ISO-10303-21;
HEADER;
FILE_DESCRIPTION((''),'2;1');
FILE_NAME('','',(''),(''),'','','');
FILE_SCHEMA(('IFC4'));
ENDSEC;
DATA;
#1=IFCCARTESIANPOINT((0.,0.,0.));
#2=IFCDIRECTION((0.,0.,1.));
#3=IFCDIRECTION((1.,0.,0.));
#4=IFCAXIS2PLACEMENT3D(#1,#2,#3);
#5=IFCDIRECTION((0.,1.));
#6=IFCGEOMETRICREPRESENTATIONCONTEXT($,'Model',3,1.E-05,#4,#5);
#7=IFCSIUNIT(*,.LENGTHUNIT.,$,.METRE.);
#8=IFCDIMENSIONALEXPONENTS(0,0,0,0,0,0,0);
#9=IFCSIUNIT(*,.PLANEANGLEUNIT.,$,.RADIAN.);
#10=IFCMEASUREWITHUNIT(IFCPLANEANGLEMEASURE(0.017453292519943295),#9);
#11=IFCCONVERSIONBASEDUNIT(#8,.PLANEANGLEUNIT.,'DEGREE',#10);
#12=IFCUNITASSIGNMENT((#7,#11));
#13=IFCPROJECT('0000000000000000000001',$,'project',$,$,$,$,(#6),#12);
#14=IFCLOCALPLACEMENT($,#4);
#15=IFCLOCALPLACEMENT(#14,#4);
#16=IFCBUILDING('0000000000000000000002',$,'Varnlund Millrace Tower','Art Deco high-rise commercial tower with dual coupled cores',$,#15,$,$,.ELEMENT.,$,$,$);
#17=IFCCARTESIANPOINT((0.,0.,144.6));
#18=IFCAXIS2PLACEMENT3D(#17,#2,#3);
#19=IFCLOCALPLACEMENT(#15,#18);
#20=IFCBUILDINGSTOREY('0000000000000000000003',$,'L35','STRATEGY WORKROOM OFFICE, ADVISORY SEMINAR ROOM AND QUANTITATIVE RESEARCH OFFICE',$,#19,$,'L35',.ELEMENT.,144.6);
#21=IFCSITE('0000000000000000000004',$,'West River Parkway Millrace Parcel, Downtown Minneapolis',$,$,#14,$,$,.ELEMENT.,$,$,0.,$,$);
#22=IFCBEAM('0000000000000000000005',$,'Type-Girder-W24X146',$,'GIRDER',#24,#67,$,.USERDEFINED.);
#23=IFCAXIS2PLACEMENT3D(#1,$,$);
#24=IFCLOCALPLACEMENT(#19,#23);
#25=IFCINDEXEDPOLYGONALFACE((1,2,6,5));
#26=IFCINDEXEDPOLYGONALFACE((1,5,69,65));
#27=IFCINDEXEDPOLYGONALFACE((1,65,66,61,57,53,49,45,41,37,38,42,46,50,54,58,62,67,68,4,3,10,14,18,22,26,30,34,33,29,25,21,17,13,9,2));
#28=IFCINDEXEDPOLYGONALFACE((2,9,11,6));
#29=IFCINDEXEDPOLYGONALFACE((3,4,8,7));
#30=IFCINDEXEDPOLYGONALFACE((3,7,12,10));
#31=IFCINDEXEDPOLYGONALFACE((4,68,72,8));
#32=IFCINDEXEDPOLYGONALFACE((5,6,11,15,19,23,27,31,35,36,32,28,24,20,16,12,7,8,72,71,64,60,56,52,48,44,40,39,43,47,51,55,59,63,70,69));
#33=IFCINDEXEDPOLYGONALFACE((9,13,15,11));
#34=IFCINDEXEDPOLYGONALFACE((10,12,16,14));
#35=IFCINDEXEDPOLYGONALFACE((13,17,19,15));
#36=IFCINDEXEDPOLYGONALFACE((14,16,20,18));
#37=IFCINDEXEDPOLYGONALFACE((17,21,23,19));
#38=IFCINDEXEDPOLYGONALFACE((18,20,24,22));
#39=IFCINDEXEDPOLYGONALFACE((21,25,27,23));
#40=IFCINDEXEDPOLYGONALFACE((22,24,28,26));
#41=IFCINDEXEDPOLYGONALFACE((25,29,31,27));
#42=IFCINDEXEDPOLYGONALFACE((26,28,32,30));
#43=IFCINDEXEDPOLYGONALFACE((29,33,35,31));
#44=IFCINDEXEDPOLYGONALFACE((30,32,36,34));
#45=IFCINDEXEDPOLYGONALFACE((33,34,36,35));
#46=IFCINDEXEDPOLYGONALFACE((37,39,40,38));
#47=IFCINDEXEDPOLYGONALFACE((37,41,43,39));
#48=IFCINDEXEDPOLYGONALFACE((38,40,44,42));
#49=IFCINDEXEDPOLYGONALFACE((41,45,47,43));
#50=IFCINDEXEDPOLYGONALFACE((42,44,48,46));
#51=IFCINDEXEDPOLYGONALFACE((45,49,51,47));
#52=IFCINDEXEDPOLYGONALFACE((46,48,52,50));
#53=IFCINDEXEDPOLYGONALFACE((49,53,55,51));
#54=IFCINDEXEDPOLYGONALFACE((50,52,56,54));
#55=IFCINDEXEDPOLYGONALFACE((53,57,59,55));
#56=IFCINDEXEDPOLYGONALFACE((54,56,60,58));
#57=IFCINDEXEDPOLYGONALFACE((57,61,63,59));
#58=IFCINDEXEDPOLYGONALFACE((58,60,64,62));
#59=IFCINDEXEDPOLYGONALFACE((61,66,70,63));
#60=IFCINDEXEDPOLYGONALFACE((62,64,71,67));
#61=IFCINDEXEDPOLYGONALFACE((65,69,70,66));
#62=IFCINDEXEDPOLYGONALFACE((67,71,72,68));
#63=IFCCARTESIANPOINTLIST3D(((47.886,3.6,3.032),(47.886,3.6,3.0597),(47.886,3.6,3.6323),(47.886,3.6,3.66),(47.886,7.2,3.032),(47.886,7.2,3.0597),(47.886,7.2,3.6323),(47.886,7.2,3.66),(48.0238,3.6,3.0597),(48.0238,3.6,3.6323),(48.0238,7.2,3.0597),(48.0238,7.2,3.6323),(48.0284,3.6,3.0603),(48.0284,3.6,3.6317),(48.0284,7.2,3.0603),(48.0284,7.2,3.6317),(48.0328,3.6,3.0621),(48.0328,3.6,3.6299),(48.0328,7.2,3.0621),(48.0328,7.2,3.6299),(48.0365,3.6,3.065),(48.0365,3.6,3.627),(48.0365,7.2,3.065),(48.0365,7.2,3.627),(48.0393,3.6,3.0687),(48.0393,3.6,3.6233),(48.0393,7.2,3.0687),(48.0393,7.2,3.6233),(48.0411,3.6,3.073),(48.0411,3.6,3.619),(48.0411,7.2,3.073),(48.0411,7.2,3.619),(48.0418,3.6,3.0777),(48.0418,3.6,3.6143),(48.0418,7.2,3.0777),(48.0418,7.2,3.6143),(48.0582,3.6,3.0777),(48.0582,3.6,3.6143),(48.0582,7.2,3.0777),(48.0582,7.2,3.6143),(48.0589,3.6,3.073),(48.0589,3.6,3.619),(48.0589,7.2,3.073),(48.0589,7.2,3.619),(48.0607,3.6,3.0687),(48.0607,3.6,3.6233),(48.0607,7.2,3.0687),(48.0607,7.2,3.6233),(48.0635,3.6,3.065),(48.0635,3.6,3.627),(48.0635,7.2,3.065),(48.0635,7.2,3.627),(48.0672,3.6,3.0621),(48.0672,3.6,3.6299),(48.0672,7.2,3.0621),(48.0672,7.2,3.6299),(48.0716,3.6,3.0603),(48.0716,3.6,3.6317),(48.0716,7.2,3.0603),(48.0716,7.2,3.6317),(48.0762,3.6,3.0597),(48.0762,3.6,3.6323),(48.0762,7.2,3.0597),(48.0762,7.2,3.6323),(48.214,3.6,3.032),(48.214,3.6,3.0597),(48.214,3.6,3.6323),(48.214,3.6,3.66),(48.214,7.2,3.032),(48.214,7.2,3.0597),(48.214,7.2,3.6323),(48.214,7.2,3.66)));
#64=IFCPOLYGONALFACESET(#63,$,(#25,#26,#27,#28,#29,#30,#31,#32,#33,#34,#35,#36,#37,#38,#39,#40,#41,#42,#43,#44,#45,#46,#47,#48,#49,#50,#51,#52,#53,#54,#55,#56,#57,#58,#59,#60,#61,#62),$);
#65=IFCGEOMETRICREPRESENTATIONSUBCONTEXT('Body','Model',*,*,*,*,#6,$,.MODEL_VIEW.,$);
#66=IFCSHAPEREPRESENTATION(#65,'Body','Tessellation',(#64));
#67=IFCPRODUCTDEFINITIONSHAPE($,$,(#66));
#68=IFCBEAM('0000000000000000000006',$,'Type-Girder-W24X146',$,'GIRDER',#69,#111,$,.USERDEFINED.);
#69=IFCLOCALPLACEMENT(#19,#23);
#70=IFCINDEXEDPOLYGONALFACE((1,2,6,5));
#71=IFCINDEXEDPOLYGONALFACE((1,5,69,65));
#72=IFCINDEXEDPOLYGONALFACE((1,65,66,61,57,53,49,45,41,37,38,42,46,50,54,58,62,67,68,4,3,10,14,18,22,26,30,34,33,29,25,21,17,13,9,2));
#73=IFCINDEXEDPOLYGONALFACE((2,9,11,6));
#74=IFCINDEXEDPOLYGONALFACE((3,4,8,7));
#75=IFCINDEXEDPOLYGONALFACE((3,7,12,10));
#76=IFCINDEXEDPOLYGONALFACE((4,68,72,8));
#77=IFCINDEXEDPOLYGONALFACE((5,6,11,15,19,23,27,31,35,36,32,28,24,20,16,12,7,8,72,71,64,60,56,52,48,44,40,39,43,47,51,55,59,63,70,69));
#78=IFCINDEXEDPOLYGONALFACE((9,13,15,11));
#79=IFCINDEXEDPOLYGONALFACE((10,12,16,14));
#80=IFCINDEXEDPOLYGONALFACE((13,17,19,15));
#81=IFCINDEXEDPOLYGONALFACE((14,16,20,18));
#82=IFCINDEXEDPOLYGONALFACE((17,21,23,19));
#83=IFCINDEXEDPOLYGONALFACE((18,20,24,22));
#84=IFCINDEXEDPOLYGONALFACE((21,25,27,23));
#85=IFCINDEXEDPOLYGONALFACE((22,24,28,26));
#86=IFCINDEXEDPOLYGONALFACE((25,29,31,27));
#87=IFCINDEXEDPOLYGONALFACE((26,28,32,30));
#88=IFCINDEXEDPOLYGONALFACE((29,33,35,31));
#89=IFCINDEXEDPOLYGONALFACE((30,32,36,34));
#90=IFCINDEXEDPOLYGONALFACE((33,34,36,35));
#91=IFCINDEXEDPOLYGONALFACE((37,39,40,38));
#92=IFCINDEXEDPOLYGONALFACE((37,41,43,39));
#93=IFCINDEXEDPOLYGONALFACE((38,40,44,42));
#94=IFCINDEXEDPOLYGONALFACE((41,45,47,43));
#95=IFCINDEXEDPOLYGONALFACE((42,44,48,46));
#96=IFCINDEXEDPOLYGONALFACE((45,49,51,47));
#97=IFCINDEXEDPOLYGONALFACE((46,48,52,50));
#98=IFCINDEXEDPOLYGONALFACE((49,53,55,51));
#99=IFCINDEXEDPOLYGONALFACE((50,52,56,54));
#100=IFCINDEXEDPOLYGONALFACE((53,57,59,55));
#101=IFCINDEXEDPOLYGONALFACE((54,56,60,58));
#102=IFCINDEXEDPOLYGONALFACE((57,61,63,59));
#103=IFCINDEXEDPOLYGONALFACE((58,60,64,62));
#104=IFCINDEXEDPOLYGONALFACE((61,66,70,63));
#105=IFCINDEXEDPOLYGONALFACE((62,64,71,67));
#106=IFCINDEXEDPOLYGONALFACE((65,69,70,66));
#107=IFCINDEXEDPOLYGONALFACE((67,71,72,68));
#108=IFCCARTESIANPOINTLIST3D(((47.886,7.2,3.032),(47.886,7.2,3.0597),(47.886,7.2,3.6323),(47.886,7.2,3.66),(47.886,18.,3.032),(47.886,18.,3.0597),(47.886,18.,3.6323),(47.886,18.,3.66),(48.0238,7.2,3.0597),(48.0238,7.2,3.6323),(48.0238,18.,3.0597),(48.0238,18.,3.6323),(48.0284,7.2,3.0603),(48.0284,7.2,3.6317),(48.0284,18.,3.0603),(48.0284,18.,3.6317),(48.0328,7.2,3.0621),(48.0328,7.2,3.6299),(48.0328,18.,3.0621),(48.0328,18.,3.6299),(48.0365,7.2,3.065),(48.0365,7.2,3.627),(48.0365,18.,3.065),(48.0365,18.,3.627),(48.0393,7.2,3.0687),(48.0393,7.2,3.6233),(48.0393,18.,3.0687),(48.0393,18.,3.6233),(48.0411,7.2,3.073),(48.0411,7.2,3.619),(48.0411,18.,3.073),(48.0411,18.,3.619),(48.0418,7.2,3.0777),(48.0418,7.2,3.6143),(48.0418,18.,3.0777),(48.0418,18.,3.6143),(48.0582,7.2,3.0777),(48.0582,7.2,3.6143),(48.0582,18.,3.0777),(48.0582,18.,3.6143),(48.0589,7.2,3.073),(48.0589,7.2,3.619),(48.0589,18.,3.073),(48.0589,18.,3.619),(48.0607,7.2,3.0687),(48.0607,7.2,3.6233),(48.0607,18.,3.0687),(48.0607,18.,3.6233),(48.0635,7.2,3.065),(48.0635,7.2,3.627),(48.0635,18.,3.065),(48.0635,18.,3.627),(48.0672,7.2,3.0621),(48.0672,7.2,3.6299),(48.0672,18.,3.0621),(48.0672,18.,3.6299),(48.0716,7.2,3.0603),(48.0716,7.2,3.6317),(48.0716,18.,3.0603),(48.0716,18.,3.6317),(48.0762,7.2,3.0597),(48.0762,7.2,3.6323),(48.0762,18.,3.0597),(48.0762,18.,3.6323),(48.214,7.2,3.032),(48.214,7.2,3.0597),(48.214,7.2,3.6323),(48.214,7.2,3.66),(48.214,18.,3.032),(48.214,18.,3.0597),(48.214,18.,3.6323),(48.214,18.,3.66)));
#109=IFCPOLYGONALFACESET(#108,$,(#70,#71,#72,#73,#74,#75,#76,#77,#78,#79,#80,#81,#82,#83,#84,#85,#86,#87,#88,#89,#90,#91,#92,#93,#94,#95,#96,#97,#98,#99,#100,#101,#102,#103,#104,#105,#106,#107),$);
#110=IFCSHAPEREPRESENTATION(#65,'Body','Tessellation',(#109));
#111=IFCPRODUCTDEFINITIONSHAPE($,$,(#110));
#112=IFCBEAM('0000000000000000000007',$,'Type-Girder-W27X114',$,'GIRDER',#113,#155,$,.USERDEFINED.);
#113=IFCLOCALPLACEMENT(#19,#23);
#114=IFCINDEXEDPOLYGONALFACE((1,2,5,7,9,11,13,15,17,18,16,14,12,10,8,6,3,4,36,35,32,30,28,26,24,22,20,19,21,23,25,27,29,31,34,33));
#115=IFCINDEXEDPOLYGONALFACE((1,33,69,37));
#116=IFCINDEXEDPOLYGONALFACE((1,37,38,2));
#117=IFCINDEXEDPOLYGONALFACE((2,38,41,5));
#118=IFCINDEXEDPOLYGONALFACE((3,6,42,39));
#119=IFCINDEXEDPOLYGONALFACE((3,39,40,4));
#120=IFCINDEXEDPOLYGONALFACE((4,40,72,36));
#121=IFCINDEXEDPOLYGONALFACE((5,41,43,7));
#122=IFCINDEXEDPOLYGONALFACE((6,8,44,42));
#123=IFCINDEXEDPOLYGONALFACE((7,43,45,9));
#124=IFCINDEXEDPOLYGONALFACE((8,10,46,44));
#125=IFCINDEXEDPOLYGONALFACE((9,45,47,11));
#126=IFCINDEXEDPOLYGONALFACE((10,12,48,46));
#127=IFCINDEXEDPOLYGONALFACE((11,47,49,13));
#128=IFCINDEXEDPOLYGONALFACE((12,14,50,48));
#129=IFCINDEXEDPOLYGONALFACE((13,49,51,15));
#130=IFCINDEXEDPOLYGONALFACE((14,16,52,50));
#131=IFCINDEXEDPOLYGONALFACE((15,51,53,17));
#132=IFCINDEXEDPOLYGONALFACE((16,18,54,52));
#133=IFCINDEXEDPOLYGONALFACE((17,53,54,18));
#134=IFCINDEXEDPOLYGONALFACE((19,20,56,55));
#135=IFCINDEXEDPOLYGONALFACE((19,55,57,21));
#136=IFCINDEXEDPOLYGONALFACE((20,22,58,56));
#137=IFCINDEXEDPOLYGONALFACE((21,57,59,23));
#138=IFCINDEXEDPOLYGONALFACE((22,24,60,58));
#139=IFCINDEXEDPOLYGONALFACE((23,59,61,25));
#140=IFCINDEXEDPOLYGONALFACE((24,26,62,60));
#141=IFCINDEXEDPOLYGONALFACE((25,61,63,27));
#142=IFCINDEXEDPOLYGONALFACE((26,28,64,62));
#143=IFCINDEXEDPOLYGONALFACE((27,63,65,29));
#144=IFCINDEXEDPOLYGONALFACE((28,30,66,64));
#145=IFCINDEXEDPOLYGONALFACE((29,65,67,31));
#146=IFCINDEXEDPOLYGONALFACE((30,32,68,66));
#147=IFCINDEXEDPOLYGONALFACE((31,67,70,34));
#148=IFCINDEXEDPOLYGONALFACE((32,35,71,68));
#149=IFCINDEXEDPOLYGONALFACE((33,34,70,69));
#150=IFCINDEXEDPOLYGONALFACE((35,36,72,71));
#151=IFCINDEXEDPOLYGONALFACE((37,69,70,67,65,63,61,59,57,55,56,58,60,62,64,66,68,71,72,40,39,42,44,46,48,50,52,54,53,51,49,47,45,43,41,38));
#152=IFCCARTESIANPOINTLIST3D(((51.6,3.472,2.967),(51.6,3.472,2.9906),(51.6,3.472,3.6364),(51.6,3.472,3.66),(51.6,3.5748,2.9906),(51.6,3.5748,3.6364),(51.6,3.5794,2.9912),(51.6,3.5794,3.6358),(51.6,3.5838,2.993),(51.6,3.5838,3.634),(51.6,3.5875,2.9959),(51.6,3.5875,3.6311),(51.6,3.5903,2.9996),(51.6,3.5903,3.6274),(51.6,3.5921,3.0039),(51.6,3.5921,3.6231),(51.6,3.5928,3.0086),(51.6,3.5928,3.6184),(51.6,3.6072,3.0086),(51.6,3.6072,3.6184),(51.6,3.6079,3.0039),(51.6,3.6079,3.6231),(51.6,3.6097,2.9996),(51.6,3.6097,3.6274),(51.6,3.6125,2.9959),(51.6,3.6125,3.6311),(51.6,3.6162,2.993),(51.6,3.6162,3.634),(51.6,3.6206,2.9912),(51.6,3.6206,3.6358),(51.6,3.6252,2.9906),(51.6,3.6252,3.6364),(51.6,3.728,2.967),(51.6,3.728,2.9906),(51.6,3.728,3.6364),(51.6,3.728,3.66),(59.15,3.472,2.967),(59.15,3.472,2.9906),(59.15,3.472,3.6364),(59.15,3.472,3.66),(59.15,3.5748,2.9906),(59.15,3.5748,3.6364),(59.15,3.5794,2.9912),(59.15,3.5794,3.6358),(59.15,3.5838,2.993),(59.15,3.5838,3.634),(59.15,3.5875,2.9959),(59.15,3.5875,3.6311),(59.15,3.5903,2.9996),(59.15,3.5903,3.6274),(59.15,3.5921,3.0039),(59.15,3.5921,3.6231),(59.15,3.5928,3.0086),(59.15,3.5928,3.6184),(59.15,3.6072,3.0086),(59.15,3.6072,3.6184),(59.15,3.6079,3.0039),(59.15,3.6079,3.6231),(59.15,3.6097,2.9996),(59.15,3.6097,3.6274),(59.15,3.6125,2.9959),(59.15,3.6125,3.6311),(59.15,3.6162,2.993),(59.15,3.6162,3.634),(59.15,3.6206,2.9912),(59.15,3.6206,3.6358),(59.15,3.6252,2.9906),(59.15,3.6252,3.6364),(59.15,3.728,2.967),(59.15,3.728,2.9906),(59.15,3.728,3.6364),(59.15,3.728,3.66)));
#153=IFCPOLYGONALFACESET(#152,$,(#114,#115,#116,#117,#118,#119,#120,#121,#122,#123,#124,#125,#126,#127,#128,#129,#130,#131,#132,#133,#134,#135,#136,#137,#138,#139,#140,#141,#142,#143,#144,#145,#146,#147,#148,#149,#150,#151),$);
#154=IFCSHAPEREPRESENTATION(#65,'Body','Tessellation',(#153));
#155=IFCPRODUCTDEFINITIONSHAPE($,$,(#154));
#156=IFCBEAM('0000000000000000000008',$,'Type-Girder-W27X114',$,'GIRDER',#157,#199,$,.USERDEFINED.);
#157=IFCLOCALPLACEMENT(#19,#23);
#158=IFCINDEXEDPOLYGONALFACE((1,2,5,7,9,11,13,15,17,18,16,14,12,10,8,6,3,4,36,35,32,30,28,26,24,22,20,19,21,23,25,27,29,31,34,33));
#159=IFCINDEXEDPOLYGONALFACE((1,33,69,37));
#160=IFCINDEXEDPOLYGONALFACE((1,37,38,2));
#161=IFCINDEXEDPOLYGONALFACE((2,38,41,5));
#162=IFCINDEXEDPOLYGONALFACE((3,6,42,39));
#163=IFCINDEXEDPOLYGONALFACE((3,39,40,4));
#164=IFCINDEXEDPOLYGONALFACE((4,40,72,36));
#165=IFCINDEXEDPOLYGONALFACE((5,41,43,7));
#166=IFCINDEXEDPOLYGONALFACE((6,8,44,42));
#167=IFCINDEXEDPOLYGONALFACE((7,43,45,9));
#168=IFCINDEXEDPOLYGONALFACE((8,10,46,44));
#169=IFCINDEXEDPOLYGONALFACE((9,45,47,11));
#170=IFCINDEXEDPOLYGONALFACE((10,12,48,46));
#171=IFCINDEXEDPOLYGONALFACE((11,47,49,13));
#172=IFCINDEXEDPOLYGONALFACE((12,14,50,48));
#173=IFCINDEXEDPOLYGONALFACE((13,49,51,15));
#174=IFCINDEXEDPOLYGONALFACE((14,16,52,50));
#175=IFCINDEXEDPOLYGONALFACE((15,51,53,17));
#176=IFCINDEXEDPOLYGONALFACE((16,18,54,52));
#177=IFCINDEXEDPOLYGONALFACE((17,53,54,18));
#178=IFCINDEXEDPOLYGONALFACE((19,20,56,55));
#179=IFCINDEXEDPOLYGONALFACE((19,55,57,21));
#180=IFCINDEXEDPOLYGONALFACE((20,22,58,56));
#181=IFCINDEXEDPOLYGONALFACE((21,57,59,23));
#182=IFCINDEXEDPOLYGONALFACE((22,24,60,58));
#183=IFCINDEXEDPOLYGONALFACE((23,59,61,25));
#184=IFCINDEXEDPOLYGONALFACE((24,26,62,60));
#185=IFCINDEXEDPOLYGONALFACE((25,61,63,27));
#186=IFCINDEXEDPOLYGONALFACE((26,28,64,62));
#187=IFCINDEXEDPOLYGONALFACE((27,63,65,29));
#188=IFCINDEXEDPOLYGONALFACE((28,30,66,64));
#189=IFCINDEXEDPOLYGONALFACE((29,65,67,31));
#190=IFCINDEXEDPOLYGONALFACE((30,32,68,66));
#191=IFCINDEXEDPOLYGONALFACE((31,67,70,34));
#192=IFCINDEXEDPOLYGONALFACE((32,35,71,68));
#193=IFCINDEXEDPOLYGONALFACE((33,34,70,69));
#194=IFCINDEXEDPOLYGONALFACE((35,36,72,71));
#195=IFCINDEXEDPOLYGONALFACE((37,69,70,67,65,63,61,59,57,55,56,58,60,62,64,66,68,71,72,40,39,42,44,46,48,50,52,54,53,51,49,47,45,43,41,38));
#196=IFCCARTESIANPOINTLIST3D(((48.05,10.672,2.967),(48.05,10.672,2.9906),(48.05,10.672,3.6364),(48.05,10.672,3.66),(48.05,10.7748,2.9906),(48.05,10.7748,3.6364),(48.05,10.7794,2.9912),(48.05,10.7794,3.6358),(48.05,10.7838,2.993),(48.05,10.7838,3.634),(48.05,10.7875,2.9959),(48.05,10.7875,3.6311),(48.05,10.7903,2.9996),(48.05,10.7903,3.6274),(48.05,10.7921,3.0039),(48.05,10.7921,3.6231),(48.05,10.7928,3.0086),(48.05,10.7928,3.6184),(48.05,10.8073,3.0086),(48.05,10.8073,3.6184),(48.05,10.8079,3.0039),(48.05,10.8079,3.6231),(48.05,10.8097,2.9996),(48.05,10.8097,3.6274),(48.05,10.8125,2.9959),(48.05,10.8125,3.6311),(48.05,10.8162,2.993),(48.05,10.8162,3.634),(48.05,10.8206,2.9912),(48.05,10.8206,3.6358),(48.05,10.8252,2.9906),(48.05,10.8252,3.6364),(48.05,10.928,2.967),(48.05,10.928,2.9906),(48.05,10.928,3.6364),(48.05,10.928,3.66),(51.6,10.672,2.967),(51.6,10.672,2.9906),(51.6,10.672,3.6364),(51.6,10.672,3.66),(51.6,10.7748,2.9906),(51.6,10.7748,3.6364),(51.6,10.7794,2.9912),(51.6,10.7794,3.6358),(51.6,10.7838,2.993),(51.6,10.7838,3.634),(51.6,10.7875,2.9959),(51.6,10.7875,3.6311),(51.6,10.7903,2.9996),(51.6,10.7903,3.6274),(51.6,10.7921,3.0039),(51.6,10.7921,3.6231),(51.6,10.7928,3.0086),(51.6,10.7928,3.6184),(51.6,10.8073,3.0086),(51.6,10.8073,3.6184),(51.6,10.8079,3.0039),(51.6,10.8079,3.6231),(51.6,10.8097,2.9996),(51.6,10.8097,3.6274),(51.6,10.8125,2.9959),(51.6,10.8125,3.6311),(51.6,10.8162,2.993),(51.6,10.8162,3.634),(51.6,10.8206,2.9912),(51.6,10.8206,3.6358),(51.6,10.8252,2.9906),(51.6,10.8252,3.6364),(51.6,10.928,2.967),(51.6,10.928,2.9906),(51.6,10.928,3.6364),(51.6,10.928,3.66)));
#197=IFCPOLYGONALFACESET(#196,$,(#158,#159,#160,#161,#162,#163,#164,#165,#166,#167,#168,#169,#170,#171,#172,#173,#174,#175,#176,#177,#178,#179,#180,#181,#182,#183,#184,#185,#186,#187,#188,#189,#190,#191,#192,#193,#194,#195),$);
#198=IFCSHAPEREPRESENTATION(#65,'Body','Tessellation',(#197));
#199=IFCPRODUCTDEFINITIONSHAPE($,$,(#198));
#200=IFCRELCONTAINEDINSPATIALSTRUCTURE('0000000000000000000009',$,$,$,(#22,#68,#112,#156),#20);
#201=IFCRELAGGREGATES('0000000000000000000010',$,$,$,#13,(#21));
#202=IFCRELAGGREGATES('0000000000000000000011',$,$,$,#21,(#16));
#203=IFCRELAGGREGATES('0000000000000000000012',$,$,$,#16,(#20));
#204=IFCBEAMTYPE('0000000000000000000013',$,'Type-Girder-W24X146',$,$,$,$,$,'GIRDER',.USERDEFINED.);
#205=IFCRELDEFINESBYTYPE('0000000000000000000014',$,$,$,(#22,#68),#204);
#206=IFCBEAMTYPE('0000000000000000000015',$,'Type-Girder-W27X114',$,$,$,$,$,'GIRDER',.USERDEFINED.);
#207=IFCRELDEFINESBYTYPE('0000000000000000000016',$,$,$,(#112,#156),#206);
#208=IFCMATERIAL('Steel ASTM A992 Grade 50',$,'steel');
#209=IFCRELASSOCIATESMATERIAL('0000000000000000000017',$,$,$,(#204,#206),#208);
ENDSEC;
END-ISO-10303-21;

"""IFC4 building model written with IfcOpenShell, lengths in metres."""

from ifc_helpers import new_model, entity, si_unit, converted_unit, direction, frame, origin_with_axes, origin_2d_with_axis, place, context, subcontext, project, spatial, i_section, extrude, material, material_profile, profile_set, type_object, element, save


model = new_model("IFC4")

# Units and contexts
model_context = context("Model", 3, precision=1e-05, world=origin_with_axes(), true_north=direction((0.0, 1.0)))
body_context = subcontext(model_context, "Body", "Model", "MODEL_VIEW")
ifc_project = project(units=[si_unit("LENGTHUNIT", "METRE"), converted_unit("PLANEANGLEUNIT", "DEGREE", entity("IfcPlaneAngleMeasure", 0.017453292519943295), si_unit("PLANEANGLEUNIT", "RADIAN"), dimensions=[0, 0, 0, 0, 0, 0, 0])], contexts=[model_context])

# Site, building, storey
site_placement = place(None, origin_with_axes())
site = spatial("IfcSite", under=ifc_project, at=site_placement, Name="West River Parkway Millrace Parcel, Downtown Minneapolis", CompositionType="ELEMENT", RefElevation=0.0)
building_placement = place(site_placement, origin_with_axes())
building = spatial("IfcBuilding", under=site, at=building_placement, Name="Varnlund Millrace Tower", Description="Art Deco high-rise commercial tower with dual coupled cores", CompositionType="ELEMENT")
storey_placement = place(building_placement, frame((0.0, 0.0, 144.6), z_axis=(0.0, 0.0, 1.0), x_axis=(1.0, 0.0, 0.0)))
storey = spatial("IfcBuildingStorey", under=building, at=storey_placement, Name="L35", Description="STRATEGY WORKROOM OFFICE, ADVISORY SEMINAR ROOM AND QUANTITATIVE RESEARCH OFFICE", LongName="L35", CompositionType="ELEMENT", Elevation=144.6)

# Beams
ifc_material_1 = material(Name="Steel ASTM A992 Grade 50", Category="steel")
ifc_material_profile_1 = material_profile(ifc_material_1, i_section(OverallWidth=0.328, OverallDepth=0.628, WebThickness=0.0165, FlangeThickness=0.0277, FilletRadius=0.018, at=origin_2d_with_axis()), Name="Steel ASTM A992 Grade 50")
ifc_profile_set_1 = profile_set([ifc_material_profile_1], Name="Steel ASTM A992 Grade 50")
beam_type_1 = type_object("IfcBeamType", Name="Type-Girder-W24X146", ElementType="GIRDER", PredefinedType="USERDEFINED", material=ifc_profile_set_1)
beam_1_placement = place(storey_placement, frame((48.05, 3.6, 3.346), z_axis=(0.0, 1.0, 0.0), x_axis=(-1.0, 0.0, 0.0)))
element("IfcBeam", 1, at=beam_1_placement, inside=storey, type_object=beam_type_1, Name="Type-Girder-W24X146", ObjectType="GIRDER", PredefinedType="USERDEFINED", context=body_context, shape_type="SweptSolid", body=[
    extrude(i_section(OverallWidth=0.328, OverallDepth=0.628, WebThickness=0.0165, FlangeThickness=0.0277, FilletRadius=0.018, at=origin_2d_with_axis()), origin_with_axes(), (0.0, 0.0, 1.0), 3.6),
])
beam_2_placement = place(storey_placement, frame((48.05, 7.2, 3.346), z_axis=(0.0, 1.0, 0.0), x_axis=(-1.0, 0.0, 0.0)))
element("IfcBeam", 2, at=beam_2_placement, inside=storey, type_object=beam_type_1, Name="Type-Girder-W24X146", ObjectType="GIRDER", PredefinedType="USERDEFINED", context=body_context, shape_type="SweptSolid", body=[
    extrude(i_section(OverallWidth=0.328, OverallDepth=0.628, WebThickness=0.0165, FlangeThickness=0.0277, FilletRadius=0.018, at=origin_2d_with_axis()), origin_with_axes(), (0.0, 0.0, 1.0), 10.8),
])
ifc_material_profile_2 = material_profile(ifc_material_1, i_section(OverallWidth=0.256, OverallDepth=0.693, WebThickness=0.0145, FlangeThickness=0.0236, FilletRadius=0.018, at=origin_2d_with_axis()), Name="Steel ASTM A992 Grade 50")
ifc_profile_set_2 = profile_set([ifc_material_profile_2], Name="Steel ASTM A992 Grade 50")
beam_type_2 = type_object("IfcBeamType", Name="Type-Girder-W27X114", ElementType="GIRDER", PredefinedType="USERDEFINED", material=ifc_profile_set_2)
beam_3_placement = place(storey_placement, frame((51.6, 3.6, 3.3135), z_axis=(1.0, 0.0, 0.0), x_axis=(0.0, 1.0, 0.0)))
element("IfcBeam", 3, at=beam_3_placement, inside=storey, type_object=beam_type_2, Name="Type-Girder-W27X114", ObjectType="GIRDER", PredefinedType="USERDEFINED", context=body_context, shape_type="SweptSolid", body=[
    extrude(i_section(OverallWidth=0.256, OverallDepth=0.693, WebThickness=0.0145, FlangeThickness=0.0236, FilletRadius=0.018, at=origin_2d_with_axis()), origin_with_axes(), (0.0, 0.0, 1.0), 7.55),
])
beam_4_placement = place(storey_placement, frame((48.05, 10.8, 3.3135), z_axis=(1.0, 0.0, 0.0), x_axis=(0.0, 1.0, 0.0)))
element("IfcBeam", 4, at=beam_4_placement, inside=storey, type_object=beam_type_2, Name="Type-Girder-W27X114", ObjectType="GIRDER", PredefinedType="USERDEFINED", context=body_context, shape_type="SweptSolid", body=[
    extrude(i_section(OverallWidth=0.256, OverallDepth=0.693, WebThickness=0.0145, FlangeThickness=0.0236, FilletRadius=0.018, at=origin_2d_with_axis()), origin_with_axes(), (0.0, 0.0, 1.0), 3.55),
])

save(model, "model.ifc")
